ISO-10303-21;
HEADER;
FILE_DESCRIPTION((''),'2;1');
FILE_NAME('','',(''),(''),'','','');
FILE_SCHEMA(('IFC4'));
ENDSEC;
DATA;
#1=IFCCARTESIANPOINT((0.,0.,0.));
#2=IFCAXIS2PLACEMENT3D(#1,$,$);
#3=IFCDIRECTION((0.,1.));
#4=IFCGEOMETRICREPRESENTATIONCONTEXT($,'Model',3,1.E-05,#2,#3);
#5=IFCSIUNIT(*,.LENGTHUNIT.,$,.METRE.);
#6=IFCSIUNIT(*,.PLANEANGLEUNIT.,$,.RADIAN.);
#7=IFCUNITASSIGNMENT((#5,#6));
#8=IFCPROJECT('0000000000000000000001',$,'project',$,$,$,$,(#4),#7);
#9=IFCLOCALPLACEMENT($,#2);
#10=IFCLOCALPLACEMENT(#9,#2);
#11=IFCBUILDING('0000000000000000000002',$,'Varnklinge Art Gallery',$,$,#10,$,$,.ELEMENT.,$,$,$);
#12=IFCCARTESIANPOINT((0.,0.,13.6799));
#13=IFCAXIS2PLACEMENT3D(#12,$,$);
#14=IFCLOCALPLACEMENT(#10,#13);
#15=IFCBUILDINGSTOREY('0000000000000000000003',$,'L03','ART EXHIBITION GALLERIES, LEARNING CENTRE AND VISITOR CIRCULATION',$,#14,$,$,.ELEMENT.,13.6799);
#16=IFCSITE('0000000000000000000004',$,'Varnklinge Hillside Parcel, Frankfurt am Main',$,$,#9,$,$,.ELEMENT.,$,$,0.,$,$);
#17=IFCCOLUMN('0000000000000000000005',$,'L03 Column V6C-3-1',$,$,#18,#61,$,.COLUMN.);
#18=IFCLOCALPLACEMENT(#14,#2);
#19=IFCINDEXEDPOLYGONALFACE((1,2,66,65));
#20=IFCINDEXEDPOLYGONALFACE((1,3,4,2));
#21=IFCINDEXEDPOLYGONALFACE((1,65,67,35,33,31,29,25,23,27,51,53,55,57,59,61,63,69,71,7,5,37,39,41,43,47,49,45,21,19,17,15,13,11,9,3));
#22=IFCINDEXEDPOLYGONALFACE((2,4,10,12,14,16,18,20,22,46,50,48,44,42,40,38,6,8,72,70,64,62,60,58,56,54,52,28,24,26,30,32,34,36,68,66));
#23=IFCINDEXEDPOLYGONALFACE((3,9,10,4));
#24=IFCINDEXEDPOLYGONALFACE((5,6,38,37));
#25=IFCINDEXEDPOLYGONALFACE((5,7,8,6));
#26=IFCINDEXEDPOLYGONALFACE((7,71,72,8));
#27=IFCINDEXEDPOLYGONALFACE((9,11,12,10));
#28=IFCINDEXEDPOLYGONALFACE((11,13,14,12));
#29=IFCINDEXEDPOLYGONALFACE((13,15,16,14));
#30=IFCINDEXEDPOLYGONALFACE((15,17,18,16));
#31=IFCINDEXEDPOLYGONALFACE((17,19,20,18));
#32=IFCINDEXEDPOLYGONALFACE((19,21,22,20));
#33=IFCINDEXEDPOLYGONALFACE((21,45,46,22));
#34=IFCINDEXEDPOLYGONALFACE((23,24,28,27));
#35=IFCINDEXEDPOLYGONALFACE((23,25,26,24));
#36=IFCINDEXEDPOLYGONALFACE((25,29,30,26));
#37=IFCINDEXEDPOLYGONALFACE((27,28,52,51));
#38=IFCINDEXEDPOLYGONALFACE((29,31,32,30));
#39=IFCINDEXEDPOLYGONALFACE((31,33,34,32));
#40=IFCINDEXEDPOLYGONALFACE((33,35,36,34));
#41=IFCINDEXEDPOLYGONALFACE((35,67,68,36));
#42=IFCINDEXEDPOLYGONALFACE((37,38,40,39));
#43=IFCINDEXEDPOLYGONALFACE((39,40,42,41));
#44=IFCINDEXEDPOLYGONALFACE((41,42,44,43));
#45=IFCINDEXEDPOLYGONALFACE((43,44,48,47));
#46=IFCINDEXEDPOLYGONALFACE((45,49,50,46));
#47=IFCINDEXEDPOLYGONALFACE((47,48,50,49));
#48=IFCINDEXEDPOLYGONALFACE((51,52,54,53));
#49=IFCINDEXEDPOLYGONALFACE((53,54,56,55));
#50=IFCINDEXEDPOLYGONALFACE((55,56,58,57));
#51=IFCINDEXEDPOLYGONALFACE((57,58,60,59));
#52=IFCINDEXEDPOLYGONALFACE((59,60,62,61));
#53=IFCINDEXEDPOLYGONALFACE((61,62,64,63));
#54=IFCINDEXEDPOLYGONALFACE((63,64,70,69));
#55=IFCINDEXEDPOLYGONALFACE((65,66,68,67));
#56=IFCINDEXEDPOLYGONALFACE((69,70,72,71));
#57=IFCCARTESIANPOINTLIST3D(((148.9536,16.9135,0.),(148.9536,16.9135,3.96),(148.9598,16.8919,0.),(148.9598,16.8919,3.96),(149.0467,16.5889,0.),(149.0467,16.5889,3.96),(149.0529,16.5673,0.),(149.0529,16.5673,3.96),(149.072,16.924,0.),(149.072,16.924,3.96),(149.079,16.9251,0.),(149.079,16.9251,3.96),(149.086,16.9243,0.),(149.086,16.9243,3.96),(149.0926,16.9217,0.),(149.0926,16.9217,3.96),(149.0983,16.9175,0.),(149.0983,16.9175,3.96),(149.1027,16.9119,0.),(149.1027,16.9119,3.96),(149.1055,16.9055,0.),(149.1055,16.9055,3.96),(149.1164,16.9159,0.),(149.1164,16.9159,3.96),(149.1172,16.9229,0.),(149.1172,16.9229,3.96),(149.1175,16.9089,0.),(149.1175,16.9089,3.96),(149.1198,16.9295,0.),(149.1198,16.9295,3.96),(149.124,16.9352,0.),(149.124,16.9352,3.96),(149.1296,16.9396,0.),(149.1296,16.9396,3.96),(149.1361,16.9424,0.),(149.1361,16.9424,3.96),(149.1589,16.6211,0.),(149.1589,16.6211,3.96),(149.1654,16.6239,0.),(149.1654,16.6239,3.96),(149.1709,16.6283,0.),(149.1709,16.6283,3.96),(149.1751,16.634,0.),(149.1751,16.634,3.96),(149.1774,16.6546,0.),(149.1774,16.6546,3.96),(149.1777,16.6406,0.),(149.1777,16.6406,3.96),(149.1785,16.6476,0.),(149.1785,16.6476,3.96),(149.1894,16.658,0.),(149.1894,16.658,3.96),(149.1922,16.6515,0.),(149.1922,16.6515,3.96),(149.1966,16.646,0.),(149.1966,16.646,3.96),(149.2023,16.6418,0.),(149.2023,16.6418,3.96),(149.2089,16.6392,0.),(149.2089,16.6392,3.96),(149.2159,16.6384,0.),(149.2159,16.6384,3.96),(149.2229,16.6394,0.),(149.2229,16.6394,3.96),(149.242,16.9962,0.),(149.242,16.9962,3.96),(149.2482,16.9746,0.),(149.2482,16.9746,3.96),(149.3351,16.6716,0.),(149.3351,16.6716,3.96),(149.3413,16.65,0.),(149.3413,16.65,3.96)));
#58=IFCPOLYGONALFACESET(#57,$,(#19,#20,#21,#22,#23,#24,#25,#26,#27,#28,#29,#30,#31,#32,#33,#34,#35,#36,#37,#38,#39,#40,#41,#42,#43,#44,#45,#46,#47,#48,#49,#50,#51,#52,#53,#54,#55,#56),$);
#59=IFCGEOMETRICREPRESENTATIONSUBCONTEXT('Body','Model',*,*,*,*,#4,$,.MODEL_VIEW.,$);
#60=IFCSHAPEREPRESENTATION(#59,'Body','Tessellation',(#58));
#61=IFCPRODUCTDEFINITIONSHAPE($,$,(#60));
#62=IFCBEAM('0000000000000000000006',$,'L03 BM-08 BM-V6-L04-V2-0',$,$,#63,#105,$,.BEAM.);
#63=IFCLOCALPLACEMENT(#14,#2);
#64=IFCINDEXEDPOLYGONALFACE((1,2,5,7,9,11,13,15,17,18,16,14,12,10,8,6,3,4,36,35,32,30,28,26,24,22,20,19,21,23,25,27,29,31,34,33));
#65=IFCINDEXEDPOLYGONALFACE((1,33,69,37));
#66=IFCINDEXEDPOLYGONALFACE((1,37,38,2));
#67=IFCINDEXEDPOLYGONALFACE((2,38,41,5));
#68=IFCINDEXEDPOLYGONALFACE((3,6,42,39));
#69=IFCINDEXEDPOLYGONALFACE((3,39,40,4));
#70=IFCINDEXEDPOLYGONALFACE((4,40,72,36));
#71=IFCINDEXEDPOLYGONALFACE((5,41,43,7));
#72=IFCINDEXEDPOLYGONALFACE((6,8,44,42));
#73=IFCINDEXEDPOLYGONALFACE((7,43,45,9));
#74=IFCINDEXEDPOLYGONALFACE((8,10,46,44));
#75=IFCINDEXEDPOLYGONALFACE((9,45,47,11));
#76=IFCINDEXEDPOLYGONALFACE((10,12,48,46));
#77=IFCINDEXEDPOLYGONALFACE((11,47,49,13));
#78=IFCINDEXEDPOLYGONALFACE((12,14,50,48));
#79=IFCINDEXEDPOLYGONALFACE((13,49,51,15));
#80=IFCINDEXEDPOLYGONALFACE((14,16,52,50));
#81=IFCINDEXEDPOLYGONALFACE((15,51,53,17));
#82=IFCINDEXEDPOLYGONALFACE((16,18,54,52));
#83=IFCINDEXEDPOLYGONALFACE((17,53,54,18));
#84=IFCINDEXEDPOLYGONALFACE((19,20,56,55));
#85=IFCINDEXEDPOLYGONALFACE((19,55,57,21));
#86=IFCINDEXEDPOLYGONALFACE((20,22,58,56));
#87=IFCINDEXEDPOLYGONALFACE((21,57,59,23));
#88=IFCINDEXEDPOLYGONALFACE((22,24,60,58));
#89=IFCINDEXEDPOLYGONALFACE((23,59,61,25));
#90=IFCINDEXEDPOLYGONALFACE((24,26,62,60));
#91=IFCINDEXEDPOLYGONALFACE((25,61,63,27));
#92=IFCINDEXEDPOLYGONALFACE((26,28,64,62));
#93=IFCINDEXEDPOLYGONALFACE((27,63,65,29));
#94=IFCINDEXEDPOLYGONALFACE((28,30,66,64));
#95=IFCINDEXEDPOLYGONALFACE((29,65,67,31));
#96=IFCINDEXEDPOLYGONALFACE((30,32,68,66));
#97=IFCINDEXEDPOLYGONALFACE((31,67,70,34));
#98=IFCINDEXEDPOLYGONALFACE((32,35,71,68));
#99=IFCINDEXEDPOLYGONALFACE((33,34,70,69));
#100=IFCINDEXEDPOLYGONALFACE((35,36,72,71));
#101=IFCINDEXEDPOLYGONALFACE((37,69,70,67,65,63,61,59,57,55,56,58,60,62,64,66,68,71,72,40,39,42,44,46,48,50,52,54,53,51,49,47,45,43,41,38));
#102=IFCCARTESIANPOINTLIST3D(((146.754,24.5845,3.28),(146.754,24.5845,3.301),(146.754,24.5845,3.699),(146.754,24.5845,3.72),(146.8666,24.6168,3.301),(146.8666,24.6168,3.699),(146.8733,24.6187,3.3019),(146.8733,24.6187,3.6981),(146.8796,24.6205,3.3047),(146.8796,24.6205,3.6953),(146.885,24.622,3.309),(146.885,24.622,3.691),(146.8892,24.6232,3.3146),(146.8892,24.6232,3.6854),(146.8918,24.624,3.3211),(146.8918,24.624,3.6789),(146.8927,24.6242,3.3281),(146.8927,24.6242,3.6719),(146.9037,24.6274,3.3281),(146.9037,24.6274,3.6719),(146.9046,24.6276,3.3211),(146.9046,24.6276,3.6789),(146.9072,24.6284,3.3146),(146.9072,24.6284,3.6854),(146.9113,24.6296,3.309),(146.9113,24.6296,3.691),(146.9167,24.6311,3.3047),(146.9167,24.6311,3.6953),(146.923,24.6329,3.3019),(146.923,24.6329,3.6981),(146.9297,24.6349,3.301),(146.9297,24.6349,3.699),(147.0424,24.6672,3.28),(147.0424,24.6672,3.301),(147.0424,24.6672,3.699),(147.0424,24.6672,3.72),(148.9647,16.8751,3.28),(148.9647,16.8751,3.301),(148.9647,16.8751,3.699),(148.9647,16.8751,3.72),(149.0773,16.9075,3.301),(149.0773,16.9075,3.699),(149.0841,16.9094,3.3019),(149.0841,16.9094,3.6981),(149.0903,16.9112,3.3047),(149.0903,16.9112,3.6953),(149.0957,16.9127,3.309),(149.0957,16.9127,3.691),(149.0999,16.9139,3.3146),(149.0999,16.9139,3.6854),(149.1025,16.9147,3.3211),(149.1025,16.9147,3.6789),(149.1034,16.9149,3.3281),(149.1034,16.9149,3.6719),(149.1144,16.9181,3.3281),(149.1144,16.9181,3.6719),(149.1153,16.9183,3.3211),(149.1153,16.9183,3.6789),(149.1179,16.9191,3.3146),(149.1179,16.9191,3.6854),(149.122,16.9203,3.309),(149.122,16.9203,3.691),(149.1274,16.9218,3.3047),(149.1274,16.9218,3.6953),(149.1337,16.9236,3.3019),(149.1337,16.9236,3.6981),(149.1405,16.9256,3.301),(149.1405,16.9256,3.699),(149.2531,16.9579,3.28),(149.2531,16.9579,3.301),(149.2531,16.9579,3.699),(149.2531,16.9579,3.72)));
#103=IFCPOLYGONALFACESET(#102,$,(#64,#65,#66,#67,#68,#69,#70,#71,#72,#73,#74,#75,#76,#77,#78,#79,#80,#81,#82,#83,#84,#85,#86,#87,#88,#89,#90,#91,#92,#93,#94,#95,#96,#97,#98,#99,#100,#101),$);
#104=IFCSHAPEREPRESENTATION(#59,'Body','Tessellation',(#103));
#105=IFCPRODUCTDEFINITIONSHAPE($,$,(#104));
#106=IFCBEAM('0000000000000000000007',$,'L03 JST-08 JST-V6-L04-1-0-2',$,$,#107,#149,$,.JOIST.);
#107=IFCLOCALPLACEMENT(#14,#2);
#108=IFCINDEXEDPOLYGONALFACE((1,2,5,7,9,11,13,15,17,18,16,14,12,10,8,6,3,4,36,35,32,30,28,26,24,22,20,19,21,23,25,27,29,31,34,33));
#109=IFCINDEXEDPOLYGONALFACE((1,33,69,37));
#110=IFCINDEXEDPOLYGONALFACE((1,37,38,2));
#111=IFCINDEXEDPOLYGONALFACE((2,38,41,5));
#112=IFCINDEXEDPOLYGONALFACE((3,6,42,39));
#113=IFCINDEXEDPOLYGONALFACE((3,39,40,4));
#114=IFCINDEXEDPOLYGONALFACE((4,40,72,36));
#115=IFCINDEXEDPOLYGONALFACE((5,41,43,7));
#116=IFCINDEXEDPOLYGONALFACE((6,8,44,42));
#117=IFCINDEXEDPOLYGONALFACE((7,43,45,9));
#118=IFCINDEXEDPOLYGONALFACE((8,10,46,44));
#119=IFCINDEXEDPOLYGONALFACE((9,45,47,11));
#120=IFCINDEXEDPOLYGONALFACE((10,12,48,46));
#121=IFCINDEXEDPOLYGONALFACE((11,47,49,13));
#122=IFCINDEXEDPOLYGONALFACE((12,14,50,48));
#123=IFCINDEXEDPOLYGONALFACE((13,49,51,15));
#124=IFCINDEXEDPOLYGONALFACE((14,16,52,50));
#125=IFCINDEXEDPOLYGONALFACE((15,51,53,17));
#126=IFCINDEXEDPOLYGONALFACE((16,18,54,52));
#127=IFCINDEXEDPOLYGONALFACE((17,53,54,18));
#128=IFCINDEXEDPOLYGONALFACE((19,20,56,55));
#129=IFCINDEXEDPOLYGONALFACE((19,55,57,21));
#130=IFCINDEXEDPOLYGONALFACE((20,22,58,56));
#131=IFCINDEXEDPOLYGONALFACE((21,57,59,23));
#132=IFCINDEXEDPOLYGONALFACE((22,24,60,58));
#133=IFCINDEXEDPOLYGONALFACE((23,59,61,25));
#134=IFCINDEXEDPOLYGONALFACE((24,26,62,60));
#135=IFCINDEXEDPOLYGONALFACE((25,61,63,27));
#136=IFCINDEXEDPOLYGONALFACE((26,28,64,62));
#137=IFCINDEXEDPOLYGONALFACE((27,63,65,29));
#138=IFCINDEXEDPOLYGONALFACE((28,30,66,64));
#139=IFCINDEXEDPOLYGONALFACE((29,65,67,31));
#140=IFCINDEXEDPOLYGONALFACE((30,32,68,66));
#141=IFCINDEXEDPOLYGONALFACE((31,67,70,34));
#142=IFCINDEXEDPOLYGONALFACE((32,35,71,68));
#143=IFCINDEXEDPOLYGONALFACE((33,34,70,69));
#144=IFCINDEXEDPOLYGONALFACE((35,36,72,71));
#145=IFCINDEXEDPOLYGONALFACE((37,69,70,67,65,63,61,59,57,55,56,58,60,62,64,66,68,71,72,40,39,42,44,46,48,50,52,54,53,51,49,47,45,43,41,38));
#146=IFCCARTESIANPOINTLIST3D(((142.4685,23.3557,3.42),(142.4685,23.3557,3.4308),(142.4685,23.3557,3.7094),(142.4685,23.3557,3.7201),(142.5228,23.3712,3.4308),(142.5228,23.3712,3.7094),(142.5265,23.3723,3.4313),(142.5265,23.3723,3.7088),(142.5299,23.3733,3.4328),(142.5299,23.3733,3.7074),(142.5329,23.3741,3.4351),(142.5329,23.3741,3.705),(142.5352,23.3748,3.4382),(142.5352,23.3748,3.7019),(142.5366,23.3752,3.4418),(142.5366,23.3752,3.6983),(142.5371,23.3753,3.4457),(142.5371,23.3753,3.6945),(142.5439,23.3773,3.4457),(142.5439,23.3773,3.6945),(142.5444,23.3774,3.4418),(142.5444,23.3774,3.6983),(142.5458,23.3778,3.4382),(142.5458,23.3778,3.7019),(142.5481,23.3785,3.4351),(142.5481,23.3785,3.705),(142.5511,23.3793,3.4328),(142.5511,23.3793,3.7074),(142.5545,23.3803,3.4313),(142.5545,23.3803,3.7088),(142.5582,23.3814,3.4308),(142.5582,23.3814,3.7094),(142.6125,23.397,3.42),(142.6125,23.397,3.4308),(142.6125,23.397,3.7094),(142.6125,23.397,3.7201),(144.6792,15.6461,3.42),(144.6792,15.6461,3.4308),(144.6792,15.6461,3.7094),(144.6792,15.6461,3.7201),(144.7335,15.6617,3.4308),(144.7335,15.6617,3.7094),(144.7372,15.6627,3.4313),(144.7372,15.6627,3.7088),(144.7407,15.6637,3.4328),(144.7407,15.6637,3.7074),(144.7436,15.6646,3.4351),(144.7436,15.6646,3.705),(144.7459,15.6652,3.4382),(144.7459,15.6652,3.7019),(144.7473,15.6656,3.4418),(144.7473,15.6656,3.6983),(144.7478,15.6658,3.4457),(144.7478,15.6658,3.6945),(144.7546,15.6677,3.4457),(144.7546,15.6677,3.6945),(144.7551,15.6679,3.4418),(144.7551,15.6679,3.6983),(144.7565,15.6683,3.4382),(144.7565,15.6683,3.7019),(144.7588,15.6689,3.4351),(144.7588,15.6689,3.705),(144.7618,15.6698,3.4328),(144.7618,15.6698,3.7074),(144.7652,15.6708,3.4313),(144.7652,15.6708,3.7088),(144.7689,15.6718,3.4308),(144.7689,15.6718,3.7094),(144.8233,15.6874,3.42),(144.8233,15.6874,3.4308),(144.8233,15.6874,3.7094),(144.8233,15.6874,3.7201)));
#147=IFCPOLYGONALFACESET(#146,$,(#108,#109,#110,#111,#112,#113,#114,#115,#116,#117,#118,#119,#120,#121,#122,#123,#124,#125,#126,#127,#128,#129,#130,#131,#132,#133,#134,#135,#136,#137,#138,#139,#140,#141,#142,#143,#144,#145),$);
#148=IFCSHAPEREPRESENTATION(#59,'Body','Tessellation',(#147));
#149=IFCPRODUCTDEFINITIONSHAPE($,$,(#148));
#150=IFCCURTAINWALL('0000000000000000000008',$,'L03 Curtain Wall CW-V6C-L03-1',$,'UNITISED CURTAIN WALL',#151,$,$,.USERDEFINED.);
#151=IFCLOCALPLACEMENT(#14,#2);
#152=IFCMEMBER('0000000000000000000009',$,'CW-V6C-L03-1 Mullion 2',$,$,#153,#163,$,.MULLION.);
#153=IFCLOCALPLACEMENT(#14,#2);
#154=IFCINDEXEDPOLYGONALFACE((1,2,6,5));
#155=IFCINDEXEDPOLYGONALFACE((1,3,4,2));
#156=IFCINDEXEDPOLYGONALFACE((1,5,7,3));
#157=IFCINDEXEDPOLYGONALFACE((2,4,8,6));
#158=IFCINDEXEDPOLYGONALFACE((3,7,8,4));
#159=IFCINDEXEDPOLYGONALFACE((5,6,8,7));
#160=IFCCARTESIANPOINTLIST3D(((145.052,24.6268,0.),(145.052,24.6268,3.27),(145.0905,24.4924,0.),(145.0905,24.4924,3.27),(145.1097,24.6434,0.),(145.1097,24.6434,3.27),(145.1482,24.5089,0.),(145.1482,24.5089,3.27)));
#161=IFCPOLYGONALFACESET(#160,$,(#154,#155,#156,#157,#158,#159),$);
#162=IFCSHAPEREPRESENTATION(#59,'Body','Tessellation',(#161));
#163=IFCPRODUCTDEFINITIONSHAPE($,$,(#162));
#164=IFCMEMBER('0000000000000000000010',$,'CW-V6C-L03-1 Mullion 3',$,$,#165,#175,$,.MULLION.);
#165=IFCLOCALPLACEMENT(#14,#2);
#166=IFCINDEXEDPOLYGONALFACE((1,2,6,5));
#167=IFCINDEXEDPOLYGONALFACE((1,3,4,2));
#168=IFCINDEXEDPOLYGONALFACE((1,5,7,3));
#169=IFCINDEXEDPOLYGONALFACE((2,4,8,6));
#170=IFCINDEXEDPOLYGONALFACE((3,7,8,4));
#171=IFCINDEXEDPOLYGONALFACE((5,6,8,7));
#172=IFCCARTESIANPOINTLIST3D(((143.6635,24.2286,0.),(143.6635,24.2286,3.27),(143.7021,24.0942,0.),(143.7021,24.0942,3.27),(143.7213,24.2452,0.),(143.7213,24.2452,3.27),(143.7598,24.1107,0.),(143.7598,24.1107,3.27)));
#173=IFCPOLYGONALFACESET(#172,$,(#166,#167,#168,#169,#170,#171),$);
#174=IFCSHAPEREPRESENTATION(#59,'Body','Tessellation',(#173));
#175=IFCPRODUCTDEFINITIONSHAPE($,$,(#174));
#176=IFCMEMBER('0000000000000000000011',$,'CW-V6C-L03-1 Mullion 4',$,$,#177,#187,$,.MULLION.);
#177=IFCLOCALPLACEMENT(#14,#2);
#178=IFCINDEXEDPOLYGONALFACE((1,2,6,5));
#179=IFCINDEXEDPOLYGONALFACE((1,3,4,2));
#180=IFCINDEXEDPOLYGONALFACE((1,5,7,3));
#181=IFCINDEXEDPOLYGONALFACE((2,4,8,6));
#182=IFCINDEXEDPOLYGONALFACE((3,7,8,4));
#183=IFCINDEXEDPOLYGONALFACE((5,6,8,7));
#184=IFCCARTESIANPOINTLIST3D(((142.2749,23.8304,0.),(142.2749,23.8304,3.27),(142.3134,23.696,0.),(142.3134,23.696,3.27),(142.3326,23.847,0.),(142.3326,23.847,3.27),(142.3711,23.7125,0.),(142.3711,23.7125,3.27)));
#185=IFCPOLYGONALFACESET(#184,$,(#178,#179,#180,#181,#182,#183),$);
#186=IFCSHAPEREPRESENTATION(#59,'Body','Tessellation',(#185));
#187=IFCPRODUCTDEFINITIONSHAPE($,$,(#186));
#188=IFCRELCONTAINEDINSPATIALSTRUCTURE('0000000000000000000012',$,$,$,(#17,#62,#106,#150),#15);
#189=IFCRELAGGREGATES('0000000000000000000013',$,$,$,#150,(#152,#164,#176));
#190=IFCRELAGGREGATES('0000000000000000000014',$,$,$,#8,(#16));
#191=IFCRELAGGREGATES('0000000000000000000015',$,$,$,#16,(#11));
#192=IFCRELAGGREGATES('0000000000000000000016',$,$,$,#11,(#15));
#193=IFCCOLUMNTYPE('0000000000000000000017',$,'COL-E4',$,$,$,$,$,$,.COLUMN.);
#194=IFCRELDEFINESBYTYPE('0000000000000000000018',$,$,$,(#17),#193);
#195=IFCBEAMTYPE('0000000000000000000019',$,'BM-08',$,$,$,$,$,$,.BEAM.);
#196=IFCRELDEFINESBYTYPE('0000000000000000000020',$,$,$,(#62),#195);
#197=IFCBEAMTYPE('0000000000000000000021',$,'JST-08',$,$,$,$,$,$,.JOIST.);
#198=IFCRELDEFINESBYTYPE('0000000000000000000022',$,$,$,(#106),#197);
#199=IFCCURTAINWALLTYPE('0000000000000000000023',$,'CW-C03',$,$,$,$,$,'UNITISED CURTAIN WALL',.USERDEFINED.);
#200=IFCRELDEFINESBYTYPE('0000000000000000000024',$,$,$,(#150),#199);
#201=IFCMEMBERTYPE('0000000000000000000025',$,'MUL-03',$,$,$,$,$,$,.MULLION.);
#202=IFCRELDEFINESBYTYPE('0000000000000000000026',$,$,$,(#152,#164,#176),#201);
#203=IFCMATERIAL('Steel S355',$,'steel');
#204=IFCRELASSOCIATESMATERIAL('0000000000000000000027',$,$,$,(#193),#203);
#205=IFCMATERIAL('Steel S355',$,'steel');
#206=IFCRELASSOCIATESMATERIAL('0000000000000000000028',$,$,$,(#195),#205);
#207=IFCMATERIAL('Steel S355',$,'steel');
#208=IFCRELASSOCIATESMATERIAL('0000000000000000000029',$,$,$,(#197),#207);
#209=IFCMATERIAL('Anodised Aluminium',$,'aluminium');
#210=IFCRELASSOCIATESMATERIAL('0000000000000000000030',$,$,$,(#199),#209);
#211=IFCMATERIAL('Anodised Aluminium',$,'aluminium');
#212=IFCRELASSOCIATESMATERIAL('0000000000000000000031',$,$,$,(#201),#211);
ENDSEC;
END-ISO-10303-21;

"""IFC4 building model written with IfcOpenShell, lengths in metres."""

from ifc_helpers import new_model, si_unit, direction, frame, origin, origin_2d, place, context, subcontext, project, spatial, rectangle, i_section, extrude, material, material_profile, profile_set, type_object, element, aggregate, save


model = new_model("IFC4")

# Units and contexts
model_context = context("Model", 3, precision=1e-05, world=origin(), true_north=direction((0.0, 1.0)))
body_context = subcontext(model_context, "Body", "Model", "MODEL_VIEW")
ifc_project = project(units=[si_unit("LENGTHUNIT", "METRE"), si_unit("PLANEANGLEUNIT", "RADIAN")], contexts=[model_context])

# Site, building, storey
site_placement = place(None, origin())
site = spatial("IfcSite", under=ifc_project, at=site_placement, Name="Varnklinge Hillside Parcel, Frankfurt am Main", CompositionType="ELEMENT", RefElevation=0.0)
building_placement = place(site_placement, origin())
building = spatial("IfcBuilding", under=site, at=building_placement, Name="Varnklinge Art Gallery", CompositionType="ELEMENT")
storey_placement = place(building_placement, frame((0.0, 0.0, 13.6799)))
storey = spatial("IfcBuildingStorey", under=building, at=storey_placement, Name="L03", Description="ART EXHIBITION GALLERIES, LEARNING CENTRE AND VISITOR CIRCULATION", CompositionType="ELEMENT", Elevation=13.6799)

# Column
ifc_material_1 = material(Name="Steel S355", Category="steel")
ifc_material_profile_1 = material_profile(ifc_material_1, i_section(OverallWidth=0.3, OverallDepth=0.3601, WebThickness=0.0125, FlangeThickness=0.0225, FilletRadius=0.0271, at=origin_2d()), Name="HEB 360")
ifc_profile_set_1 = profile_set([ifc_material_profile_1], Name="Steel S355")
column_type = type_object("IfcColumnType", Name="COL-E4", PredefinedType="COLUMN", material=ifc_profile_set_1)
column_placement = place(storey_placement, frame((149.1475, 16.7817, 0.0), z_axis=(0.0, 0.0, 1.0), x_axis=(0.961262, 0.275637, 0.0)))
element("IfcColumn", 1, at=column_placement, inside=storey, type_object=column_type, Name="L03 Column V6C-3-1", PredefinedType="COLUMN", context=body_context, shape_type="SweptSolid", body=[
    extrude(i_section(OverallWidth=0.3, OverallDepth=0.3601, WebThickness=0.0125, FlangeThickness=0.0225, FilletRadius=0.0271, at=origin_2d()), origin(), (0.0, 0.0, 1.0), 3.96),
])

# Beams
ifc_material_2 = material(Name="Steel S355", Category="steel")
ifc_material_profile_2 = material_profile(ifc_material_2, i_section(OverallWidth=0.3, OverallDepth=0.4399, WebThickness=0.0115, FlangeThickness=0.021, FilletRadius=0.0271, at=origin_2d()), Name="HEA 450")
ifc_profile_set_2 = profile_set([ifc_material_profile_2], Name="Steel S355")
beam_type_1 = type_object("IfcBeamType", Name="BM-08", PredefinedType="BEAM", material=ifc_profile_set_2)
beam_1_placement = place(storey_placement, frame((149.1089, 16.9165, 3.5), z_axis=(-0.27565, 0.961258, 0.0), x_axis=(-0.961258, -0.27565, 0.0)))
element("IfcBeam", 2, at=beam_1_placement, inside=storey, type_object=beam_type_1, Name="L03 BM-08 BM-V6-L04-V2-0", PredefinedType="BEAM", context=body_context, shape_type="SweptSolid", body=[
    extrude(i_section(OverallWidth=0.3, OverallDepth=0.4399, WebThickness=0.0115, FlangeThickness=0.021, FilletRadius=0.0271, at=origin_2d()), origin(), (0.0, 0.0, 1.0), 8.02),
])
ifc_material_3 = material(Name="Steel S355", Category="steel")
ifc_material_profile_3 = material_profile(ifc_material_3, i_section(OverallWidth=0.1499, OverallDepth=0.3, WebThickness=0.0071, FlangeThickness=0.0107, FilletRadius=0.0149, at=origin_2d()), Name="IPE 300")
ifc_profile_set_3 = profile_set([ifc_material_profile_3], Name="Steel S355")
beam_type_2 = type_object("IfcBeamType", Name="JST-08", PredefinedType="JOIST", material=ifc_profile_set_3)
beam_2_placement = place(storey_placement, frame((144.7512, 15.6667, 3.5701), z_axis=(-0.275642, 0.96126, 0.0), x_axis=(-0.96126, -0.275642, 0.0)))
element("IfcBeam", 3, at=beam_2_placement, inside=storey, type_object=beam_type_2, Name="L03 JST-08 JST-V6-L04-1-0-2", PredefinedType="JOIST", context=body_context, shape_type="SweptSolid", body=[
    extrude(i_section(OverallWidth=0.1499, OverallDepth=0.3, WebThickness=0.0071, FlangeThickness=0.0107, FilletRadius=0.0149, at=origin_2d()), origin(), (0.0, 0.0, 1.0), 8.0203),
])

# Curtain wall, members
ifc_material_4 = material(Name="Anodised Aluminium", Category="aluminium")
curtain_wall_type = type_object("IfcCurtainWallType", Name="CW-C03", ElementType="UNITISED CURTAIN WALL", PredefinedType="USERDEFINED", material=ifc_material_4)
curtain_wall_placement = place(storey_placement, origin())
curtain_wall = element("IfcCurtainWall", 4, at=curtain_wall_placement, inside=storey, type_object=curtain_wall_type, Name="L03 Curtain Wall CW-V6C-L03-1", ObjectType="UNITISED CURTAIN WALL", PredefinedType="USERDEFINED")
ifc_material_5 = material(Name="Anodised Aluminium", Category="aluminium")
ifc_material_profile_4 = material_profile(ifc_material_5, rectangle(XDim=0.0601, YDim=0.1399, at=origin_2d()), Name="ALU 60x140")
ifc_profile_set_4 = profile_set([ifc_material_profile_4], Name="Anodised Aluminium")
member_type = type_object("IfcMemberType", Name="MUL-03", PredefinedType="MULLION", material=ifc_profile_set_4)
member_1_placement = place(storey_placement, frame((145.1001, 24.5679, 0.0), z_axis=(0.0, 0.0, 1.0), x_axis=(-0.961262, -0.275637, 0.0)))
member_1 = element("IfcMember", 5, at=member_1_placement, type_object=member_type, Name="CW-V6C-L03-1 Mullion 2", PredefinedType="MULLION", context=body_context, shape_type="SweptSolid", body=[
    extrude(rectangle(XDim=0.0601, YDim=0.1399, at=origin_2d()), origin(), (0.0, 0.0, 1.0), 3.27),
])
member_2_placement = place(storey_placement, frame((143.7117, 24.1697, 0.0), z_axis=(0.0, 0.0, 1.0), x_axis=(-0.961262, -0.275637, 0.0)))
member_2 = element("IfcMember", 6, at=member_2_placement, type_object=member_type, Name="CW-V6C-L03-1 Mullion 3", PredefinedType="MULLION", context=body_context, shape_type="SweptSolid", body=[
    extrude(rectangle(XDim=0.0601, YDim=0.1399, at=origin_2d()), origin(), (0.0, 0.0, 1.0), 3.27),
])
member_3_placement = place(storey_placement, frame((142.323, 23.7715, 0.0), z_axis=(0.0, 0.0, 1.0), x_axis=(-0.961262, -0.275637, 0.0)))
member_3 = element("IfcMember", 7, at=member_3_placement, type_object=member_type, Name="CW-V6C-L03-1 Mullion 4", PredefinedType="MULLION", context=body_context, shape_type="SweptSolid", body=[
    extrude(rectangle(XDim=0.0601, YDim=0.1399, at=origin_2d()), origin(), (0.0, 0.0, 1.0), 3.27),
])
aggregate(curtain_wall, [member_1, member_2, member_3])

save(model, "model.ifc")
